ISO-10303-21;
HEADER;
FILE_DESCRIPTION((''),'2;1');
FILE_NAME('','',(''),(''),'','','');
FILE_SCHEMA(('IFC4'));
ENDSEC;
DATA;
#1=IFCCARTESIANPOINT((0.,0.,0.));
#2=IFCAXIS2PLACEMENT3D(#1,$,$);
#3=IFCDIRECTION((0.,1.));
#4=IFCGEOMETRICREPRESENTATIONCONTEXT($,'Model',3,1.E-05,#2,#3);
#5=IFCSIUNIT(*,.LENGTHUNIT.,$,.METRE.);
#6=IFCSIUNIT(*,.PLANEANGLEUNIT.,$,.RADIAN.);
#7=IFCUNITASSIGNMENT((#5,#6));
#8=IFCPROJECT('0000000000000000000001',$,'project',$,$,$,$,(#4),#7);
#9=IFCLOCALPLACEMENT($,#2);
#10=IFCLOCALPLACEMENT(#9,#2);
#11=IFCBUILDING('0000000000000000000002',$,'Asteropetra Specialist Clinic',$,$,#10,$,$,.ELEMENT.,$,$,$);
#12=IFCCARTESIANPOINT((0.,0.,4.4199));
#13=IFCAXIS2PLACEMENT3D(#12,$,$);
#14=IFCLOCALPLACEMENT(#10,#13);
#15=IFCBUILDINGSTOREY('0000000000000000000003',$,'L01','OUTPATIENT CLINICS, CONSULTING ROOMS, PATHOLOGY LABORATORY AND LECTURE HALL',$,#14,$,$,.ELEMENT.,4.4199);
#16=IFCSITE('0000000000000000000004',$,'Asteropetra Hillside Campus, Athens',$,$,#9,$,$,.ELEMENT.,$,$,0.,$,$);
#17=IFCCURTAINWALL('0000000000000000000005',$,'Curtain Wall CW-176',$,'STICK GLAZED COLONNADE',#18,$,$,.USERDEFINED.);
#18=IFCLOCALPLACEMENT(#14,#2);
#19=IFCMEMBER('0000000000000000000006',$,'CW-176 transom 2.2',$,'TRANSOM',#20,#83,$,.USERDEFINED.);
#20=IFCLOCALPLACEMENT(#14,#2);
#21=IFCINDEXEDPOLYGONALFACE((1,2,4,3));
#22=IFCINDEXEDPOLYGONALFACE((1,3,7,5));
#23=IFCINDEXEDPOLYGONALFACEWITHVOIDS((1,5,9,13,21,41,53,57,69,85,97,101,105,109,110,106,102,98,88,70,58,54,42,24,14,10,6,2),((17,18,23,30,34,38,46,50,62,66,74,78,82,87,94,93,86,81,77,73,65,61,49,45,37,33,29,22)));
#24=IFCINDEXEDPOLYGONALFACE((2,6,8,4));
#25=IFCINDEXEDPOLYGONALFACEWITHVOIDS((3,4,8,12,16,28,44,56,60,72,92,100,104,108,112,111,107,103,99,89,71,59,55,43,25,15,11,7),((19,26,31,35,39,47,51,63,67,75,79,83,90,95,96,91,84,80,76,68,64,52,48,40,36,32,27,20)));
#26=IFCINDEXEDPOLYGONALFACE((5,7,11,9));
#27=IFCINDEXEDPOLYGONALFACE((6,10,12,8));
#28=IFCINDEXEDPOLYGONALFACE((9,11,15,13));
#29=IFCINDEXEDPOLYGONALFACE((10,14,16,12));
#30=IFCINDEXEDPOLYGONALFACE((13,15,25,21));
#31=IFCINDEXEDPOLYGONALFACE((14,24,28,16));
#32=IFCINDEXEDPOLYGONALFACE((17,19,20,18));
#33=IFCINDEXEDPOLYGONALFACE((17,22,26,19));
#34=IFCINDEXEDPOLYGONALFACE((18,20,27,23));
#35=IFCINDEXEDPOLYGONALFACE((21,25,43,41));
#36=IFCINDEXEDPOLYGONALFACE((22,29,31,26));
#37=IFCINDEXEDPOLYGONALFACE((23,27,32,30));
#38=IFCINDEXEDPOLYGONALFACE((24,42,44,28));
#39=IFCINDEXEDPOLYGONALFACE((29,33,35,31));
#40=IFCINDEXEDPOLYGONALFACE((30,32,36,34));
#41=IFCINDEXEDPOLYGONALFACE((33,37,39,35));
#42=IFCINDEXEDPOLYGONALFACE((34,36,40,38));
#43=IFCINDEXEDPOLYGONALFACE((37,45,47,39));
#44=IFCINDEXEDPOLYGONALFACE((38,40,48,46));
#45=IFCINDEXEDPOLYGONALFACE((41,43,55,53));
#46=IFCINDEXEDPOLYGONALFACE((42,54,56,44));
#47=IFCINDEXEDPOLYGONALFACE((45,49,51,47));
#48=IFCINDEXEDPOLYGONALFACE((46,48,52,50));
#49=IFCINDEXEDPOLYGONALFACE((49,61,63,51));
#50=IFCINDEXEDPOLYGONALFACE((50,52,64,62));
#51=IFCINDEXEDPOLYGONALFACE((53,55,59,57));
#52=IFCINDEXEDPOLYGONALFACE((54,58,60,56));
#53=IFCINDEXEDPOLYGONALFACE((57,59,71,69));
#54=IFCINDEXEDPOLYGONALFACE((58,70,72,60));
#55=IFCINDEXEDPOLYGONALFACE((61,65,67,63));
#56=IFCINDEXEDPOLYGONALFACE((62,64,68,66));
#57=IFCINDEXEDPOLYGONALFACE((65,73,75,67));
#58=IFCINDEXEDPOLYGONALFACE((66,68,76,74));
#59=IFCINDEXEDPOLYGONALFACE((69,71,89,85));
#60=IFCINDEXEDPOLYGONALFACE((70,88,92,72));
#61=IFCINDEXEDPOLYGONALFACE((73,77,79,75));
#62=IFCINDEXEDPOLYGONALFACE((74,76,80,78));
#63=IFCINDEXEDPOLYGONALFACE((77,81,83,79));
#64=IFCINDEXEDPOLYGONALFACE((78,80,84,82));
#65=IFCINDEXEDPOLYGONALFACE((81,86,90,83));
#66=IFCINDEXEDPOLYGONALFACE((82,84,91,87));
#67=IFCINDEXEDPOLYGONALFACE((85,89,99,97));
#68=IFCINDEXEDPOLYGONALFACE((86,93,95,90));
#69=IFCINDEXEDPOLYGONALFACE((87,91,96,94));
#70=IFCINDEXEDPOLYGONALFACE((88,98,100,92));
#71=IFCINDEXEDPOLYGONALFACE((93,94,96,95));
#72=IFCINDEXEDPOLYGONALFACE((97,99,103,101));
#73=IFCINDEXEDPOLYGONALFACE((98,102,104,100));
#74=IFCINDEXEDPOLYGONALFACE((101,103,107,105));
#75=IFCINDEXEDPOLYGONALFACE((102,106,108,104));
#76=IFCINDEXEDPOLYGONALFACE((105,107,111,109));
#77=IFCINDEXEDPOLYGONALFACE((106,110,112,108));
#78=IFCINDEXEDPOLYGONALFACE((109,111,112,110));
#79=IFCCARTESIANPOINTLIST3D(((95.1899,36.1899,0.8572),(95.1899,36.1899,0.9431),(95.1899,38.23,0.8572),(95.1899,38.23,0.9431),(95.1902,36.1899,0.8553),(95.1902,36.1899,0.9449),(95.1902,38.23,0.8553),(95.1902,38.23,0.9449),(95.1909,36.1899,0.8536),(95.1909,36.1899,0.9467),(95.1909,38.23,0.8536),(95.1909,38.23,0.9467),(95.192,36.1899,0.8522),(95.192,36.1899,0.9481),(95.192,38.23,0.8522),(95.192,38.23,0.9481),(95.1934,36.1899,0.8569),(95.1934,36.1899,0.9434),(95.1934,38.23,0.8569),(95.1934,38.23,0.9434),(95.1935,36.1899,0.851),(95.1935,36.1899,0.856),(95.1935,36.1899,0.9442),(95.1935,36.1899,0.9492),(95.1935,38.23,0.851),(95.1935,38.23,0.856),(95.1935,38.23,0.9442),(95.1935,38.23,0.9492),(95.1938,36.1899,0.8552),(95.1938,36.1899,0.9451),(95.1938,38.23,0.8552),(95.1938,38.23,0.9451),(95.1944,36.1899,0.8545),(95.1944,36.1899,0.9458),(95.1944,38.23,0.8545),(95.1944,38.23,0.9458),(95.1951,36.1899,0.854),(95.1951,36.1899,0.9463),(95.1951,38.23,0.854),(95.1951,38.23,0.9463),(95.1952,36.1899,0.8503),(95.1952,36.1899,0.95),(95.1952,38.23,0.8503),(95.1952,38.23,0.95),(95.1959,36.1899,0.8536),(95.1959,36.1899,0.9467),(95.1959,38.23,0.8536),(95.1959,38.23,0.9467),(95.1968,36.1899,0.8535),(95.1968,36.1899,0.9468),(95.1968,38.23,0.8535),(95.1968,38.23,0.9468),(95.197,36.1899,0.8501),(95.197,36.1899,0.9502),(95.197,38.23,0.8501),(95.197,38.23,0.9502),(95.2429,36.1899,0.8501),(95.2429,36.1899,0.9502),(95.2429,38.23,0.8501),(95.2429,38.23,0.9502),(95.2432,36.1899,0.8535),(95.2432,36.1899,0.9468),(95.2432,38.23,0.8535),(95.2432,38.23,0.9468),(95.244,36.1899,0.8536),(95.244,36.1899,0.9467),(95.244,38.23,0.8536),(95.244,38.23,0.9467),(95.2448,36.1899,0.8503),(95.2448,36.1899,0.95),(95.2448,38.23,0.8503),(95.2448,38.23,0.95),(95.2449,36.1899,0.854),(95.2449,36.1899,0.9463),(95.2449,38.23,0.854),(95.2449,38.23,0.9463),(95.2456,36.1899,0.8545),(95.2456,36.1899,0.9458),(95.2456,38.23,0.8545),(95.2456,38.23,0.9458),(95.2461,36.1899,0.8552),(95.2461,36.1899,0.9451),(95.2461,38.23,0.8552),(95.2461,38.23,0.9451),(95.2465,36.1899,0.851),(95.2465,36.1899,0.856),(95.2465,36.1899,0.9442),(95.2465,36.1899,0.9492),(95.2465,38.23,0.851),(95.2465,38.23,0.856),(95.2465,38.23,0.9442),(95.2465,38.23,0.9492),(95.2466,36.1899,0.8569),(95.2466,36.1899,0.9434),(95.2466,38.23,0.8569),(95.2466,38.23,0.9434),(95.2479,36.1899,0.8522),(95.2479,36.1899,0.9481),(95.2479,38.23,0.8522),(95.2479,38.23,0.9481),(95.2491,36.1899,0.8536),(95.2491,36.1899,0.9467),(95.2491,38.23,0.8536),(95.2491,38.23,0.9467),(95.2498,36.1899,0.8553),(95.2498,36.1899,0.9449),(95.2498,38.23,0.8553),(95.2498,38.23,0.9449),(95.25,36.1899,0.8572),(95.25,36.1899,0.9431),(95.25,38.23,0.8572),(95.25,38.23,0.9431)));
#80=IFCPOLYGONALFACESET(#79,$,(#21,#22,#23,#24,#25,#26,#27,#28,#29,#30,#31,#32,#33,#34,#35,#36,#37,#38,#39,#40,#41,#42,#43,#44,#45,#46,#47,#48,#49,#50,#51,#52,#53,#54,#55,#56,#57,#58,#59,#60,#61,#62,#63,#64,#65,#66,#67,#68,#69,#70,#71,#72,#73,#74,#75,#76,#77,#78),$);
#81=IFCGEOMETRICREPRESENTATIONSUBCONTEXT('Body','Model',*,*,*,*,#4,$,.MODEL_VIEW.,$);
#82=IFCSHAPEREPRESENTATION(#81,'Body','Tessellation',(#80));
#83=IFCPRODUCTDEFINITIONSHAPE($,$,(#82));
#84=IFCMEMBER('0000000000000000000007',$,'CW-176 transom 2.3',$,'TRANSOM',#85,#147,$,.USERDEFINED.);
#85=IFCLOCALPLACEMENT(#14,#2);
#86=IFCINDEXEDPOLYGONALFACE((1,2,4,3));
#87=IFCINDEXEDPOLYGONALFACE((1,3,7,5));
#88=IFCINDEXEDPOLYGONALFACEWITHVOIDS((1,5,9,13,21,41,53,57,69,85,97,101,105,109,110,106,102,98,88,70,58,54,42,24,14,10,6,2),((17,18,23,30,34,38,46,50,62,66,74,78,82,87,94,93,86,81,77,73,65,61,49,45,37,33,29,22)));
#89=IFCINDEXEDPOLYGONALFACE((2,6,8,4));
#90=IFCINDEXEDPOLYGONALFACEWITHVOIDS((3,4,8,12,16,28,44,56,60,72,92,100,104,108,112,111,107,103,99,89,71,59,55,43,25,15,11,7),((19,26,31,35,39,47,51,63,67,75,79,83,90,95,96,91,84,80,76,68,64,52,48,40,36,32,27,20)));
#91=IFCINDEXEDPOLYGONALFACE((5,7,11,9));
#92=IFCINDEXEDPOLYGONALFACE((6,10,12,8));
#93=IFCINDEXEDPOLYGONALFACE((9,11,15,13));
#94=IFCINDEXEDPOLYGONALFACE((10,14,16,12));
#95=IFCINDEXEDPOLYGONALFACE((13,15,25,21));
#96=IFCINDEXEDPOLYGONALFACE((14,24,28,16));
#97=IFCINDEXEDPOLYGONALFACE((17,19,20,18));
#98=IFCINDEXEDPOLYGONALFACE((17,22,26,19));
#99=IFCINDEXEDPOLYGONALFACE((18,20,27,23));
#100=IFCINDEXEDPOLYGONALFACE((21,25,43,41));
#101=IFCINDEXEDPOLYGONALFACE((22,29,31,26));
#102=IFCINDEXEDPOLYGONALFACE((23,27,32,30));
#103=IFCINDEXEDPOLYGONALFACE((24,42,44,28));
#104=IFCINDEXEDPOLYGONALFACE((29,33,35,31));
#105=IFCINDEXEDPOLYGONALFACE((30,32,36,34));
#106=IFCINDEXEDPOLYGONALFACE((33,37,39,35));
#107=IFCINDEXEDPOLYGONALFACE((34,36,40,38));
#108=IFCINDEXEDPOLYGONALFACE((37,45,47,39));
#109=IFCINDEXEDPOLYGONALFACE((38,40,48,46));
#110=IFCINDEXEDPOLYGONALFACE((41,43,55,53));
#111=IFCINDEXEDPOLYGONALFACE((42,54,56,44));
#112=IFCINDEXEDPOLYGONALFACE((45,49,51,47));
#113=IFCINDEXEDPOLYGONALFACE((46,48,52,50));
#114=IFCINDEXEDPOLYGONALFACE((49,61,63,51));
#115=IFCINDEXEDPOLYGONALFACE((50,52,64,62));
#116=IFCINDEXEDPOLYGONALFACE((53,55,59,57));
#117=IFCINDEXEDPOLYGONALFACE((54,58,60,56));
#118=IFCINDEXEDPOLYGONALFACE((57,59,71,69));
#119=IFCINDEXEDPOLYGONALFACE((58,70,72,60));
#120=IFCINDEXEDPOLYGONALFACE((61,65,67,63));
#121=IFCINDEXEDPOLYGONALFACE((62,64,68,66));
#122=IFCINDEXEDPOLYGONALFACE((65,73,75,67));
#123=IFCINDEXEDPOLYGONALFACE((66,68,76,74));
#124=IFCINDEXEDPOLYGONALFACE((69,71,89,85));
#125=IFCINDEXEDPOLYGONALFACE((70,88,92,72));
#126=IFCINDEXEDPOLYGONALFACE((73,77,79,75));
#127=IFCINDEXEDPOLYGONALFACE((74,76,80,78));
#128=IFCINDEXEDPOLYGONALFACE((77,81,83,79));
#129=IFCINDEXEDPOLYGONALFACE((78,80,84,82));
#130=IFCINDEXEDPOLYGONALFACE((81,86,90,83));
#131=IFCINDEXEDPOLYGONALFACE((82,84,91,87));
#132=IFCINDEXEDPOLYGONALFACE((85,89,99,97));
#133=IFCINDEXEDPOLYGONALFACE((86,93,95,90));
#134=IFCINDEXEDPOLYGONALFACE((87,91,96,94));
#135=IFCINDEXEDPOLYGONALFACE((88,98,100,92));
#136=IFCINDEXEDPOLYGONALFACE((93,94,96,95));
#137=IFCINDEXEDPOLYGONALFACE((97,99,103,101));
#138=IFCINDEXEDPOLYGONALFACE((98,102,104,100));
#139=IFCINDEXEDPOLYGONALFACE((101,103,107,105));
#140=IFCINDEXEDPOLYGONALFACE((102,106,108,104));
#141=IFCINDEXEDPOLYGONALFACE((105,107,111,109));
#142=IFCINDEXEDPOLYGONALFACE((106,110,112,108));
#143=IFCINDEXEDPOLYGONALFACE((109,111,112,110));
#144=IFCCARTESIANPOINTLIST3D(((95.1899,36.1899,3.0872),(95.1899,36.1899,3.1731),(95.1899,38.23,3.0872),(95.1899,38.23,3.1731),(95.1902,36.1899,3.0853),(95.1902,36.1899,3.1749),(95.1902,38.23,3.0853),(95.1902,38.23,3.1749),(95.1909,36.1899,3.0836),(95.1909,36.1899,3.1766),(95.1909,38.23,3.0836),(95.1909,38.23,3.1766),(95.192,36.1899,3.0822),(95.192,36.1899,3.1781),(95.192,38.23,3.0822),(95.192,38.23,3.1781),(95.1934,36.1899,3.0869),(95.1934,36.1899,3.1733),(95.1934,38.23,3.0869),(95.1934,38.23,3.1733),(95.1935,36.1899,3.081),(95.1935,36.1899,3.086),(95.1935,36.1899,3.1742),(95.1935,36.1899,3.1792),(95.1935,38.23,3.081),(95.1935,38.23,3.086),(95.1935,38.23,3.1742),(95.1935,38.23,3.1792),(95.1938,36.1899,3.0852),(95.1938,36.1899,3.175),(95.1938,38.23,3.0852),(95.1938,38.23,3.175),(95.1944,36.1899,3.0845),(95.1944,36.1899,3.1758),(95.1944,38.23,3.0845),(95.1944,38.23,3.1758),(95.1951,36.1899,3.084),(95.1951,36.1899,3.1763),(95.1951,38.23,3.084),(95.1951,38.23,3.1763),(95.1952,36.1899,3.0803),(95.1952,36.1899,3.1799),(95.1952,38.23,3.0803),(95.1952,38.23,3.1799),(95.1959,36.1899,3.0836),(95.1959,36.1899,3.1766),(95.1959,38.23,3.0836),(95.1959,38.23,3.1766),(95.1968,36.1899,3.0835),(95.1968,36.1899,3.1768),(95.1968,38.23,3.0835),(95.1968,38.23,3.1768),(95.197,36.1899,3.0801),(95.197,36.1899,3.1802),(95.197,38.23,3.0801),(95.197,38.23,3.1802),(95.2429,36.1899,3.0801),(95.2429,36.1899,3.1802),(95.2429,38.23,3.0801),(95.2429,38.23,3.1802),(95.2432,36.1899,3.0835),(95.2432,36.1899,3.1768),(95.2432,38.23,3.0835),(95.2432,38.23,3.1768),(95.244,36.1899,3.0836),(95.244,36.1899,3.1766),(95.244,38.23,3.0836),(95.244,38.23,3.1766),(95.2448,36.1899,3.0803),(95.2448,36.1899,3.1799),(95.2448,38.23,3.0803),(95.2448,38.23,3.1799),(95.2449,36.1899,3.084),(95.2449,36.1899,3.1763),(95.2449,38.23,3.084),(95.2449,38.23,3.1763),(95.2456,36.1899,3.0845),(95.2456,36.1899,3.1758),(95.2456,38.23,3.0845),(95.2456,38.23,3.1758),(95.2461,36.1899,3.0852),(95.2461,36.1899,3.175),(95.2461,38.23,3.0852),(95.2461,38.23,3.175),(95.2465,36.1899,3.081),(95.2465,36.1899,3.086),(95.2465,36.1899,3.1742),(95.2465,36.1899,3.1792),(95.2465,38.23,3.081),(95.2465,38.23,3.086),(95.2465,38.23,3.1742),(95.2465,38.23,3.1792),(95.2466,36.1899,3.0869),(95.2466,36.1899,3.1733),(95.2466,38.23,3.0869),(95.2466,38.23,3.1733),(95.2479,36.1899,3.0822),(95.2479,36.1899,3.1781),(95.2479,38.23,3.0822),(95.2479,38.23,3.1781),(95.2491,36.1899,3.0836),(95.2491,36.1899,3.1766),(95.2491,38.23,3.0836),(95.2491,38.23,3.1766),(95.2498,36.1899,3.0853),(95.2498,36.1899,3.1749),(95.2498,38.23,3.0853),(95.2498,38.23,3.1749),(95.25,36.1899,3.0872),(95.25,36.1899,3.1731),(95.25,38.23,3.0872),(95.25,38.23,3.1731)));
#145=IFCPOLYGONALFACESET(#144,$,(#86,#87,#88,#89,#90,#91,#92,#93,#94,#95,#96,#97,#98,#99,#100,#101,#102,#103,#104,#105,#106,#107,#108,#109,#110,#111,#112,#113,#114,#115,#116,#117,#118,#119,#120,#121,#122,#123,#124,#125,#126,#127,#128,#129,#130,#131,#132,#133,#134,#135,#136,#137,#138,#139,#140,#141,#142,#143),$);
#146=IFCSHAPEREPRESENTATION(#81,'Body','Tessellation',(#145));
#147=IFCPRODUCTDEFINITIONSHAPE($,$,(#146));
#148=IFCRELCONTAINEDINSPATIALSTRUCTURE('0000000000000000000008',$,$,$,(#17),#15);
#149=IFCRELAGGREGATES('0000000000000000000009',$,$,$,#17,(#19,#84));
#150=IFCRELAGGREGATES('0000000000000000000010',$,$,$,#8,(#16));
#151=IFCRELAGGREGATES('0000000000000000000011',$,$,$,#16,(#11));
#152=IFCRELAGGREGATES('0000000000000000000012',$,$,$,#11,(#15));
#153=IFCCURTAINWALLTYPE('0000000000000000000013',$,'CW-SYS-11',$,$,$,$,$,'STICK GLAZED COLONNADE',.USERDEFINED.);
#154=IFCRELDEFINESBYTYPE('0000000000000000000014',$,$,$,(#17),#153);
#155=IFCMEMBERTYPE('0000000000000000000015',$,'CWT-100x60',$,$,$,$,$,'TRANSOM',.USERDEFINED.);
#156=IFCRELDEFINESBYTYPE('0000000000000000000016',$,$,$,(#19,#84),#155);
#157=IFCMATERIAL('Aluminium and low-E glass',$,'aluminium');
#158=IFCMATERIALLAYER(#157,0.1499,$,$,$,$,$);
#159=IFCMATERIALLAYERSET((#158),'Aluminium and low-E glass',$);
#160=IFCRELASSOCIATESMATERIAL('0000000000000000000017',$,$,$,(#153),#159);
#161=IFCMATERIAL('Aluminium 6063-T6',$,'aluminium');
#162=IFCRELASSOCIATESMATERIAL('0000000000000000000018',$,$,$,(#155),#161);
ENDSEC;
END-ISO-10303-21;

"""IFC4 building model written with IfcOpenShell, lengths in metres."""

from ifc_helpers import new_model, si_unit, direction, frame, origin, origin_2d, place, context, subcontext, project, spatial, hollow_rectangle, extrude, material, layer, layer_set, material_profile, profile_set, type_object, element, aggregate, save


model = new_model("IFC4")

# Units and contexts
model_context = context("Model", 3, precision=1e-05, world=origin(), true_north=direction((0.0, 1.0)))
body_context = subcontext(model_context, "Body", "Model", "MODEL_VIEW")
ifc_project = project(units=[si_unit("LENGTHUNIT", "METRE"), si_unit("PLANEANGLEUNIT", "RADIAN")], contexts=[model_context])

# Site, building, storey
site_placement = place(None, origin())
site = spatial("IfcSite", under=ifc_project, at=site_placement, Name="Asteropetra Hillside Campus, Athens", CompositionType="ELEMENT", RefElevation=0.0)
building_placement = place(site_placement, origin())
building = spatial("IfcBuilding", under=site, at=building_placement, Name="Asteropetra Specialist Clinic", CompositionType="ELEMENT")
storey_placement = place(building_placement, frame((0.0, 0.0, 4.4199)))
storey = spatial("IfcBuildingStorey", under=building, at=storey_placement, Name="L01", Description="OUTPATIENT CLINICS, CONSULTING ROOMS, PATHOLOGY LABORATORY AND LECTURE HALL", CompositionType="ELEMENT", Elevation=4.4199)

# Curtain wall
ifc_material_1 = material(Name="Aluminium and low-E glass", Category="aluminium")
ifc_layer_1 = layer(ifc_material_1, 0.1499)
ifc_layer_set_1 = layer_set([ifc_layer_1], Name="Aluminium and low-E glass")
curtain_wall_type = type_object("IfcCurtainWallType", Name="CW-SYS-11", ElementType="STICK GLAZED COLONNADE", PredefinedType="USERDEFINED", material=ifc_layer_set_1)
curtain_wall_1_placement = place(storey_placement, origin())
curtain_wall_1 = element("IfcCurtainWall", 1, at=curtain_wall_1_placement, inside=storey, type_object=curtain_wall_type, Name="Curtain Wall CW-176", ObjectType="STICK GLAZED COLONNADE", PredefinedType="USERDEFINED")

# Members
ifc_material_2 = material(Name="Aluminium 6063-T6", Category="aluminium")
ifc_material_profile_1 = material_profile(ifc_material_2, hollow_rectangle(XDim=0.0601, YDim=0.1001, WallThickness=0.0034, InnerFilletRadius=0.0034, OuterFilletRadius=0.0071, at=origin_2d()), Name="TRN 100x60x3.5")
ifc_profile_set_1 = profile_set([ifc_material_profile_1], Name="Aluminium 6063-T6")
member_type_1 = type_object("IfcMemberType", Name="CWT-100x60", ElementType="TRANSOM", PredefinedType="USERDEFINED", material=ifc_profile_set_1)
member_1_placement = place(storey_placement, frame((95.22, 36.1899, 0.9001), z_axis=(0.0, 1.0, 0.0), x_axis=(-1.0, 0.0, 0.0)))
member_1 = element("IfcMember", 2, at=member_1_placement, type_object=member_type_1, Name="CW-176 transom 2.2", ObjectType="TRANSOM", PredefinedType="USERDEFINED", context=body_context, shape_type="SweptSolid", body=[
    extrude(hollow_rectangle(XDim=0.0601, YDim=0.1001, WallThickness=0.0034, InnerFilletRadius=0.0034, OuterFilletRadius=0.0071, at=origin_2d()), origin(), (0.0, 0.0, 1.0), 2.04),
])
member_2_placement = place(storey_placement, frame((95.22, 36.1899, 3.1301), z_axis=(0.0, 1.0, 0.0), x_axis=(-1.0, 0.0, 0.0)))
member_2 = element("IfcMember", 3, at=member_2_placement, type_object=member_type_1, Name="CW-176 transom 2.3", ObjectType="TRANSOM", PredefinedType="USERDEFINED", context=body_context, shape_type="SweptSolid", body=[
    extrude(hollow_rectangle(XDim=0.0601, YDim=0.1001, WallThickness=0.0034, InnerFilletRadius=0.0034, OuterFilletRadius=0.0071, at=origin_2d()), origin(), (0.0, 0.0, 1.0), 2.04),
])

aggregate(curtain_wall_1, [member_1, member_2])

save(model, "model.ifc")
